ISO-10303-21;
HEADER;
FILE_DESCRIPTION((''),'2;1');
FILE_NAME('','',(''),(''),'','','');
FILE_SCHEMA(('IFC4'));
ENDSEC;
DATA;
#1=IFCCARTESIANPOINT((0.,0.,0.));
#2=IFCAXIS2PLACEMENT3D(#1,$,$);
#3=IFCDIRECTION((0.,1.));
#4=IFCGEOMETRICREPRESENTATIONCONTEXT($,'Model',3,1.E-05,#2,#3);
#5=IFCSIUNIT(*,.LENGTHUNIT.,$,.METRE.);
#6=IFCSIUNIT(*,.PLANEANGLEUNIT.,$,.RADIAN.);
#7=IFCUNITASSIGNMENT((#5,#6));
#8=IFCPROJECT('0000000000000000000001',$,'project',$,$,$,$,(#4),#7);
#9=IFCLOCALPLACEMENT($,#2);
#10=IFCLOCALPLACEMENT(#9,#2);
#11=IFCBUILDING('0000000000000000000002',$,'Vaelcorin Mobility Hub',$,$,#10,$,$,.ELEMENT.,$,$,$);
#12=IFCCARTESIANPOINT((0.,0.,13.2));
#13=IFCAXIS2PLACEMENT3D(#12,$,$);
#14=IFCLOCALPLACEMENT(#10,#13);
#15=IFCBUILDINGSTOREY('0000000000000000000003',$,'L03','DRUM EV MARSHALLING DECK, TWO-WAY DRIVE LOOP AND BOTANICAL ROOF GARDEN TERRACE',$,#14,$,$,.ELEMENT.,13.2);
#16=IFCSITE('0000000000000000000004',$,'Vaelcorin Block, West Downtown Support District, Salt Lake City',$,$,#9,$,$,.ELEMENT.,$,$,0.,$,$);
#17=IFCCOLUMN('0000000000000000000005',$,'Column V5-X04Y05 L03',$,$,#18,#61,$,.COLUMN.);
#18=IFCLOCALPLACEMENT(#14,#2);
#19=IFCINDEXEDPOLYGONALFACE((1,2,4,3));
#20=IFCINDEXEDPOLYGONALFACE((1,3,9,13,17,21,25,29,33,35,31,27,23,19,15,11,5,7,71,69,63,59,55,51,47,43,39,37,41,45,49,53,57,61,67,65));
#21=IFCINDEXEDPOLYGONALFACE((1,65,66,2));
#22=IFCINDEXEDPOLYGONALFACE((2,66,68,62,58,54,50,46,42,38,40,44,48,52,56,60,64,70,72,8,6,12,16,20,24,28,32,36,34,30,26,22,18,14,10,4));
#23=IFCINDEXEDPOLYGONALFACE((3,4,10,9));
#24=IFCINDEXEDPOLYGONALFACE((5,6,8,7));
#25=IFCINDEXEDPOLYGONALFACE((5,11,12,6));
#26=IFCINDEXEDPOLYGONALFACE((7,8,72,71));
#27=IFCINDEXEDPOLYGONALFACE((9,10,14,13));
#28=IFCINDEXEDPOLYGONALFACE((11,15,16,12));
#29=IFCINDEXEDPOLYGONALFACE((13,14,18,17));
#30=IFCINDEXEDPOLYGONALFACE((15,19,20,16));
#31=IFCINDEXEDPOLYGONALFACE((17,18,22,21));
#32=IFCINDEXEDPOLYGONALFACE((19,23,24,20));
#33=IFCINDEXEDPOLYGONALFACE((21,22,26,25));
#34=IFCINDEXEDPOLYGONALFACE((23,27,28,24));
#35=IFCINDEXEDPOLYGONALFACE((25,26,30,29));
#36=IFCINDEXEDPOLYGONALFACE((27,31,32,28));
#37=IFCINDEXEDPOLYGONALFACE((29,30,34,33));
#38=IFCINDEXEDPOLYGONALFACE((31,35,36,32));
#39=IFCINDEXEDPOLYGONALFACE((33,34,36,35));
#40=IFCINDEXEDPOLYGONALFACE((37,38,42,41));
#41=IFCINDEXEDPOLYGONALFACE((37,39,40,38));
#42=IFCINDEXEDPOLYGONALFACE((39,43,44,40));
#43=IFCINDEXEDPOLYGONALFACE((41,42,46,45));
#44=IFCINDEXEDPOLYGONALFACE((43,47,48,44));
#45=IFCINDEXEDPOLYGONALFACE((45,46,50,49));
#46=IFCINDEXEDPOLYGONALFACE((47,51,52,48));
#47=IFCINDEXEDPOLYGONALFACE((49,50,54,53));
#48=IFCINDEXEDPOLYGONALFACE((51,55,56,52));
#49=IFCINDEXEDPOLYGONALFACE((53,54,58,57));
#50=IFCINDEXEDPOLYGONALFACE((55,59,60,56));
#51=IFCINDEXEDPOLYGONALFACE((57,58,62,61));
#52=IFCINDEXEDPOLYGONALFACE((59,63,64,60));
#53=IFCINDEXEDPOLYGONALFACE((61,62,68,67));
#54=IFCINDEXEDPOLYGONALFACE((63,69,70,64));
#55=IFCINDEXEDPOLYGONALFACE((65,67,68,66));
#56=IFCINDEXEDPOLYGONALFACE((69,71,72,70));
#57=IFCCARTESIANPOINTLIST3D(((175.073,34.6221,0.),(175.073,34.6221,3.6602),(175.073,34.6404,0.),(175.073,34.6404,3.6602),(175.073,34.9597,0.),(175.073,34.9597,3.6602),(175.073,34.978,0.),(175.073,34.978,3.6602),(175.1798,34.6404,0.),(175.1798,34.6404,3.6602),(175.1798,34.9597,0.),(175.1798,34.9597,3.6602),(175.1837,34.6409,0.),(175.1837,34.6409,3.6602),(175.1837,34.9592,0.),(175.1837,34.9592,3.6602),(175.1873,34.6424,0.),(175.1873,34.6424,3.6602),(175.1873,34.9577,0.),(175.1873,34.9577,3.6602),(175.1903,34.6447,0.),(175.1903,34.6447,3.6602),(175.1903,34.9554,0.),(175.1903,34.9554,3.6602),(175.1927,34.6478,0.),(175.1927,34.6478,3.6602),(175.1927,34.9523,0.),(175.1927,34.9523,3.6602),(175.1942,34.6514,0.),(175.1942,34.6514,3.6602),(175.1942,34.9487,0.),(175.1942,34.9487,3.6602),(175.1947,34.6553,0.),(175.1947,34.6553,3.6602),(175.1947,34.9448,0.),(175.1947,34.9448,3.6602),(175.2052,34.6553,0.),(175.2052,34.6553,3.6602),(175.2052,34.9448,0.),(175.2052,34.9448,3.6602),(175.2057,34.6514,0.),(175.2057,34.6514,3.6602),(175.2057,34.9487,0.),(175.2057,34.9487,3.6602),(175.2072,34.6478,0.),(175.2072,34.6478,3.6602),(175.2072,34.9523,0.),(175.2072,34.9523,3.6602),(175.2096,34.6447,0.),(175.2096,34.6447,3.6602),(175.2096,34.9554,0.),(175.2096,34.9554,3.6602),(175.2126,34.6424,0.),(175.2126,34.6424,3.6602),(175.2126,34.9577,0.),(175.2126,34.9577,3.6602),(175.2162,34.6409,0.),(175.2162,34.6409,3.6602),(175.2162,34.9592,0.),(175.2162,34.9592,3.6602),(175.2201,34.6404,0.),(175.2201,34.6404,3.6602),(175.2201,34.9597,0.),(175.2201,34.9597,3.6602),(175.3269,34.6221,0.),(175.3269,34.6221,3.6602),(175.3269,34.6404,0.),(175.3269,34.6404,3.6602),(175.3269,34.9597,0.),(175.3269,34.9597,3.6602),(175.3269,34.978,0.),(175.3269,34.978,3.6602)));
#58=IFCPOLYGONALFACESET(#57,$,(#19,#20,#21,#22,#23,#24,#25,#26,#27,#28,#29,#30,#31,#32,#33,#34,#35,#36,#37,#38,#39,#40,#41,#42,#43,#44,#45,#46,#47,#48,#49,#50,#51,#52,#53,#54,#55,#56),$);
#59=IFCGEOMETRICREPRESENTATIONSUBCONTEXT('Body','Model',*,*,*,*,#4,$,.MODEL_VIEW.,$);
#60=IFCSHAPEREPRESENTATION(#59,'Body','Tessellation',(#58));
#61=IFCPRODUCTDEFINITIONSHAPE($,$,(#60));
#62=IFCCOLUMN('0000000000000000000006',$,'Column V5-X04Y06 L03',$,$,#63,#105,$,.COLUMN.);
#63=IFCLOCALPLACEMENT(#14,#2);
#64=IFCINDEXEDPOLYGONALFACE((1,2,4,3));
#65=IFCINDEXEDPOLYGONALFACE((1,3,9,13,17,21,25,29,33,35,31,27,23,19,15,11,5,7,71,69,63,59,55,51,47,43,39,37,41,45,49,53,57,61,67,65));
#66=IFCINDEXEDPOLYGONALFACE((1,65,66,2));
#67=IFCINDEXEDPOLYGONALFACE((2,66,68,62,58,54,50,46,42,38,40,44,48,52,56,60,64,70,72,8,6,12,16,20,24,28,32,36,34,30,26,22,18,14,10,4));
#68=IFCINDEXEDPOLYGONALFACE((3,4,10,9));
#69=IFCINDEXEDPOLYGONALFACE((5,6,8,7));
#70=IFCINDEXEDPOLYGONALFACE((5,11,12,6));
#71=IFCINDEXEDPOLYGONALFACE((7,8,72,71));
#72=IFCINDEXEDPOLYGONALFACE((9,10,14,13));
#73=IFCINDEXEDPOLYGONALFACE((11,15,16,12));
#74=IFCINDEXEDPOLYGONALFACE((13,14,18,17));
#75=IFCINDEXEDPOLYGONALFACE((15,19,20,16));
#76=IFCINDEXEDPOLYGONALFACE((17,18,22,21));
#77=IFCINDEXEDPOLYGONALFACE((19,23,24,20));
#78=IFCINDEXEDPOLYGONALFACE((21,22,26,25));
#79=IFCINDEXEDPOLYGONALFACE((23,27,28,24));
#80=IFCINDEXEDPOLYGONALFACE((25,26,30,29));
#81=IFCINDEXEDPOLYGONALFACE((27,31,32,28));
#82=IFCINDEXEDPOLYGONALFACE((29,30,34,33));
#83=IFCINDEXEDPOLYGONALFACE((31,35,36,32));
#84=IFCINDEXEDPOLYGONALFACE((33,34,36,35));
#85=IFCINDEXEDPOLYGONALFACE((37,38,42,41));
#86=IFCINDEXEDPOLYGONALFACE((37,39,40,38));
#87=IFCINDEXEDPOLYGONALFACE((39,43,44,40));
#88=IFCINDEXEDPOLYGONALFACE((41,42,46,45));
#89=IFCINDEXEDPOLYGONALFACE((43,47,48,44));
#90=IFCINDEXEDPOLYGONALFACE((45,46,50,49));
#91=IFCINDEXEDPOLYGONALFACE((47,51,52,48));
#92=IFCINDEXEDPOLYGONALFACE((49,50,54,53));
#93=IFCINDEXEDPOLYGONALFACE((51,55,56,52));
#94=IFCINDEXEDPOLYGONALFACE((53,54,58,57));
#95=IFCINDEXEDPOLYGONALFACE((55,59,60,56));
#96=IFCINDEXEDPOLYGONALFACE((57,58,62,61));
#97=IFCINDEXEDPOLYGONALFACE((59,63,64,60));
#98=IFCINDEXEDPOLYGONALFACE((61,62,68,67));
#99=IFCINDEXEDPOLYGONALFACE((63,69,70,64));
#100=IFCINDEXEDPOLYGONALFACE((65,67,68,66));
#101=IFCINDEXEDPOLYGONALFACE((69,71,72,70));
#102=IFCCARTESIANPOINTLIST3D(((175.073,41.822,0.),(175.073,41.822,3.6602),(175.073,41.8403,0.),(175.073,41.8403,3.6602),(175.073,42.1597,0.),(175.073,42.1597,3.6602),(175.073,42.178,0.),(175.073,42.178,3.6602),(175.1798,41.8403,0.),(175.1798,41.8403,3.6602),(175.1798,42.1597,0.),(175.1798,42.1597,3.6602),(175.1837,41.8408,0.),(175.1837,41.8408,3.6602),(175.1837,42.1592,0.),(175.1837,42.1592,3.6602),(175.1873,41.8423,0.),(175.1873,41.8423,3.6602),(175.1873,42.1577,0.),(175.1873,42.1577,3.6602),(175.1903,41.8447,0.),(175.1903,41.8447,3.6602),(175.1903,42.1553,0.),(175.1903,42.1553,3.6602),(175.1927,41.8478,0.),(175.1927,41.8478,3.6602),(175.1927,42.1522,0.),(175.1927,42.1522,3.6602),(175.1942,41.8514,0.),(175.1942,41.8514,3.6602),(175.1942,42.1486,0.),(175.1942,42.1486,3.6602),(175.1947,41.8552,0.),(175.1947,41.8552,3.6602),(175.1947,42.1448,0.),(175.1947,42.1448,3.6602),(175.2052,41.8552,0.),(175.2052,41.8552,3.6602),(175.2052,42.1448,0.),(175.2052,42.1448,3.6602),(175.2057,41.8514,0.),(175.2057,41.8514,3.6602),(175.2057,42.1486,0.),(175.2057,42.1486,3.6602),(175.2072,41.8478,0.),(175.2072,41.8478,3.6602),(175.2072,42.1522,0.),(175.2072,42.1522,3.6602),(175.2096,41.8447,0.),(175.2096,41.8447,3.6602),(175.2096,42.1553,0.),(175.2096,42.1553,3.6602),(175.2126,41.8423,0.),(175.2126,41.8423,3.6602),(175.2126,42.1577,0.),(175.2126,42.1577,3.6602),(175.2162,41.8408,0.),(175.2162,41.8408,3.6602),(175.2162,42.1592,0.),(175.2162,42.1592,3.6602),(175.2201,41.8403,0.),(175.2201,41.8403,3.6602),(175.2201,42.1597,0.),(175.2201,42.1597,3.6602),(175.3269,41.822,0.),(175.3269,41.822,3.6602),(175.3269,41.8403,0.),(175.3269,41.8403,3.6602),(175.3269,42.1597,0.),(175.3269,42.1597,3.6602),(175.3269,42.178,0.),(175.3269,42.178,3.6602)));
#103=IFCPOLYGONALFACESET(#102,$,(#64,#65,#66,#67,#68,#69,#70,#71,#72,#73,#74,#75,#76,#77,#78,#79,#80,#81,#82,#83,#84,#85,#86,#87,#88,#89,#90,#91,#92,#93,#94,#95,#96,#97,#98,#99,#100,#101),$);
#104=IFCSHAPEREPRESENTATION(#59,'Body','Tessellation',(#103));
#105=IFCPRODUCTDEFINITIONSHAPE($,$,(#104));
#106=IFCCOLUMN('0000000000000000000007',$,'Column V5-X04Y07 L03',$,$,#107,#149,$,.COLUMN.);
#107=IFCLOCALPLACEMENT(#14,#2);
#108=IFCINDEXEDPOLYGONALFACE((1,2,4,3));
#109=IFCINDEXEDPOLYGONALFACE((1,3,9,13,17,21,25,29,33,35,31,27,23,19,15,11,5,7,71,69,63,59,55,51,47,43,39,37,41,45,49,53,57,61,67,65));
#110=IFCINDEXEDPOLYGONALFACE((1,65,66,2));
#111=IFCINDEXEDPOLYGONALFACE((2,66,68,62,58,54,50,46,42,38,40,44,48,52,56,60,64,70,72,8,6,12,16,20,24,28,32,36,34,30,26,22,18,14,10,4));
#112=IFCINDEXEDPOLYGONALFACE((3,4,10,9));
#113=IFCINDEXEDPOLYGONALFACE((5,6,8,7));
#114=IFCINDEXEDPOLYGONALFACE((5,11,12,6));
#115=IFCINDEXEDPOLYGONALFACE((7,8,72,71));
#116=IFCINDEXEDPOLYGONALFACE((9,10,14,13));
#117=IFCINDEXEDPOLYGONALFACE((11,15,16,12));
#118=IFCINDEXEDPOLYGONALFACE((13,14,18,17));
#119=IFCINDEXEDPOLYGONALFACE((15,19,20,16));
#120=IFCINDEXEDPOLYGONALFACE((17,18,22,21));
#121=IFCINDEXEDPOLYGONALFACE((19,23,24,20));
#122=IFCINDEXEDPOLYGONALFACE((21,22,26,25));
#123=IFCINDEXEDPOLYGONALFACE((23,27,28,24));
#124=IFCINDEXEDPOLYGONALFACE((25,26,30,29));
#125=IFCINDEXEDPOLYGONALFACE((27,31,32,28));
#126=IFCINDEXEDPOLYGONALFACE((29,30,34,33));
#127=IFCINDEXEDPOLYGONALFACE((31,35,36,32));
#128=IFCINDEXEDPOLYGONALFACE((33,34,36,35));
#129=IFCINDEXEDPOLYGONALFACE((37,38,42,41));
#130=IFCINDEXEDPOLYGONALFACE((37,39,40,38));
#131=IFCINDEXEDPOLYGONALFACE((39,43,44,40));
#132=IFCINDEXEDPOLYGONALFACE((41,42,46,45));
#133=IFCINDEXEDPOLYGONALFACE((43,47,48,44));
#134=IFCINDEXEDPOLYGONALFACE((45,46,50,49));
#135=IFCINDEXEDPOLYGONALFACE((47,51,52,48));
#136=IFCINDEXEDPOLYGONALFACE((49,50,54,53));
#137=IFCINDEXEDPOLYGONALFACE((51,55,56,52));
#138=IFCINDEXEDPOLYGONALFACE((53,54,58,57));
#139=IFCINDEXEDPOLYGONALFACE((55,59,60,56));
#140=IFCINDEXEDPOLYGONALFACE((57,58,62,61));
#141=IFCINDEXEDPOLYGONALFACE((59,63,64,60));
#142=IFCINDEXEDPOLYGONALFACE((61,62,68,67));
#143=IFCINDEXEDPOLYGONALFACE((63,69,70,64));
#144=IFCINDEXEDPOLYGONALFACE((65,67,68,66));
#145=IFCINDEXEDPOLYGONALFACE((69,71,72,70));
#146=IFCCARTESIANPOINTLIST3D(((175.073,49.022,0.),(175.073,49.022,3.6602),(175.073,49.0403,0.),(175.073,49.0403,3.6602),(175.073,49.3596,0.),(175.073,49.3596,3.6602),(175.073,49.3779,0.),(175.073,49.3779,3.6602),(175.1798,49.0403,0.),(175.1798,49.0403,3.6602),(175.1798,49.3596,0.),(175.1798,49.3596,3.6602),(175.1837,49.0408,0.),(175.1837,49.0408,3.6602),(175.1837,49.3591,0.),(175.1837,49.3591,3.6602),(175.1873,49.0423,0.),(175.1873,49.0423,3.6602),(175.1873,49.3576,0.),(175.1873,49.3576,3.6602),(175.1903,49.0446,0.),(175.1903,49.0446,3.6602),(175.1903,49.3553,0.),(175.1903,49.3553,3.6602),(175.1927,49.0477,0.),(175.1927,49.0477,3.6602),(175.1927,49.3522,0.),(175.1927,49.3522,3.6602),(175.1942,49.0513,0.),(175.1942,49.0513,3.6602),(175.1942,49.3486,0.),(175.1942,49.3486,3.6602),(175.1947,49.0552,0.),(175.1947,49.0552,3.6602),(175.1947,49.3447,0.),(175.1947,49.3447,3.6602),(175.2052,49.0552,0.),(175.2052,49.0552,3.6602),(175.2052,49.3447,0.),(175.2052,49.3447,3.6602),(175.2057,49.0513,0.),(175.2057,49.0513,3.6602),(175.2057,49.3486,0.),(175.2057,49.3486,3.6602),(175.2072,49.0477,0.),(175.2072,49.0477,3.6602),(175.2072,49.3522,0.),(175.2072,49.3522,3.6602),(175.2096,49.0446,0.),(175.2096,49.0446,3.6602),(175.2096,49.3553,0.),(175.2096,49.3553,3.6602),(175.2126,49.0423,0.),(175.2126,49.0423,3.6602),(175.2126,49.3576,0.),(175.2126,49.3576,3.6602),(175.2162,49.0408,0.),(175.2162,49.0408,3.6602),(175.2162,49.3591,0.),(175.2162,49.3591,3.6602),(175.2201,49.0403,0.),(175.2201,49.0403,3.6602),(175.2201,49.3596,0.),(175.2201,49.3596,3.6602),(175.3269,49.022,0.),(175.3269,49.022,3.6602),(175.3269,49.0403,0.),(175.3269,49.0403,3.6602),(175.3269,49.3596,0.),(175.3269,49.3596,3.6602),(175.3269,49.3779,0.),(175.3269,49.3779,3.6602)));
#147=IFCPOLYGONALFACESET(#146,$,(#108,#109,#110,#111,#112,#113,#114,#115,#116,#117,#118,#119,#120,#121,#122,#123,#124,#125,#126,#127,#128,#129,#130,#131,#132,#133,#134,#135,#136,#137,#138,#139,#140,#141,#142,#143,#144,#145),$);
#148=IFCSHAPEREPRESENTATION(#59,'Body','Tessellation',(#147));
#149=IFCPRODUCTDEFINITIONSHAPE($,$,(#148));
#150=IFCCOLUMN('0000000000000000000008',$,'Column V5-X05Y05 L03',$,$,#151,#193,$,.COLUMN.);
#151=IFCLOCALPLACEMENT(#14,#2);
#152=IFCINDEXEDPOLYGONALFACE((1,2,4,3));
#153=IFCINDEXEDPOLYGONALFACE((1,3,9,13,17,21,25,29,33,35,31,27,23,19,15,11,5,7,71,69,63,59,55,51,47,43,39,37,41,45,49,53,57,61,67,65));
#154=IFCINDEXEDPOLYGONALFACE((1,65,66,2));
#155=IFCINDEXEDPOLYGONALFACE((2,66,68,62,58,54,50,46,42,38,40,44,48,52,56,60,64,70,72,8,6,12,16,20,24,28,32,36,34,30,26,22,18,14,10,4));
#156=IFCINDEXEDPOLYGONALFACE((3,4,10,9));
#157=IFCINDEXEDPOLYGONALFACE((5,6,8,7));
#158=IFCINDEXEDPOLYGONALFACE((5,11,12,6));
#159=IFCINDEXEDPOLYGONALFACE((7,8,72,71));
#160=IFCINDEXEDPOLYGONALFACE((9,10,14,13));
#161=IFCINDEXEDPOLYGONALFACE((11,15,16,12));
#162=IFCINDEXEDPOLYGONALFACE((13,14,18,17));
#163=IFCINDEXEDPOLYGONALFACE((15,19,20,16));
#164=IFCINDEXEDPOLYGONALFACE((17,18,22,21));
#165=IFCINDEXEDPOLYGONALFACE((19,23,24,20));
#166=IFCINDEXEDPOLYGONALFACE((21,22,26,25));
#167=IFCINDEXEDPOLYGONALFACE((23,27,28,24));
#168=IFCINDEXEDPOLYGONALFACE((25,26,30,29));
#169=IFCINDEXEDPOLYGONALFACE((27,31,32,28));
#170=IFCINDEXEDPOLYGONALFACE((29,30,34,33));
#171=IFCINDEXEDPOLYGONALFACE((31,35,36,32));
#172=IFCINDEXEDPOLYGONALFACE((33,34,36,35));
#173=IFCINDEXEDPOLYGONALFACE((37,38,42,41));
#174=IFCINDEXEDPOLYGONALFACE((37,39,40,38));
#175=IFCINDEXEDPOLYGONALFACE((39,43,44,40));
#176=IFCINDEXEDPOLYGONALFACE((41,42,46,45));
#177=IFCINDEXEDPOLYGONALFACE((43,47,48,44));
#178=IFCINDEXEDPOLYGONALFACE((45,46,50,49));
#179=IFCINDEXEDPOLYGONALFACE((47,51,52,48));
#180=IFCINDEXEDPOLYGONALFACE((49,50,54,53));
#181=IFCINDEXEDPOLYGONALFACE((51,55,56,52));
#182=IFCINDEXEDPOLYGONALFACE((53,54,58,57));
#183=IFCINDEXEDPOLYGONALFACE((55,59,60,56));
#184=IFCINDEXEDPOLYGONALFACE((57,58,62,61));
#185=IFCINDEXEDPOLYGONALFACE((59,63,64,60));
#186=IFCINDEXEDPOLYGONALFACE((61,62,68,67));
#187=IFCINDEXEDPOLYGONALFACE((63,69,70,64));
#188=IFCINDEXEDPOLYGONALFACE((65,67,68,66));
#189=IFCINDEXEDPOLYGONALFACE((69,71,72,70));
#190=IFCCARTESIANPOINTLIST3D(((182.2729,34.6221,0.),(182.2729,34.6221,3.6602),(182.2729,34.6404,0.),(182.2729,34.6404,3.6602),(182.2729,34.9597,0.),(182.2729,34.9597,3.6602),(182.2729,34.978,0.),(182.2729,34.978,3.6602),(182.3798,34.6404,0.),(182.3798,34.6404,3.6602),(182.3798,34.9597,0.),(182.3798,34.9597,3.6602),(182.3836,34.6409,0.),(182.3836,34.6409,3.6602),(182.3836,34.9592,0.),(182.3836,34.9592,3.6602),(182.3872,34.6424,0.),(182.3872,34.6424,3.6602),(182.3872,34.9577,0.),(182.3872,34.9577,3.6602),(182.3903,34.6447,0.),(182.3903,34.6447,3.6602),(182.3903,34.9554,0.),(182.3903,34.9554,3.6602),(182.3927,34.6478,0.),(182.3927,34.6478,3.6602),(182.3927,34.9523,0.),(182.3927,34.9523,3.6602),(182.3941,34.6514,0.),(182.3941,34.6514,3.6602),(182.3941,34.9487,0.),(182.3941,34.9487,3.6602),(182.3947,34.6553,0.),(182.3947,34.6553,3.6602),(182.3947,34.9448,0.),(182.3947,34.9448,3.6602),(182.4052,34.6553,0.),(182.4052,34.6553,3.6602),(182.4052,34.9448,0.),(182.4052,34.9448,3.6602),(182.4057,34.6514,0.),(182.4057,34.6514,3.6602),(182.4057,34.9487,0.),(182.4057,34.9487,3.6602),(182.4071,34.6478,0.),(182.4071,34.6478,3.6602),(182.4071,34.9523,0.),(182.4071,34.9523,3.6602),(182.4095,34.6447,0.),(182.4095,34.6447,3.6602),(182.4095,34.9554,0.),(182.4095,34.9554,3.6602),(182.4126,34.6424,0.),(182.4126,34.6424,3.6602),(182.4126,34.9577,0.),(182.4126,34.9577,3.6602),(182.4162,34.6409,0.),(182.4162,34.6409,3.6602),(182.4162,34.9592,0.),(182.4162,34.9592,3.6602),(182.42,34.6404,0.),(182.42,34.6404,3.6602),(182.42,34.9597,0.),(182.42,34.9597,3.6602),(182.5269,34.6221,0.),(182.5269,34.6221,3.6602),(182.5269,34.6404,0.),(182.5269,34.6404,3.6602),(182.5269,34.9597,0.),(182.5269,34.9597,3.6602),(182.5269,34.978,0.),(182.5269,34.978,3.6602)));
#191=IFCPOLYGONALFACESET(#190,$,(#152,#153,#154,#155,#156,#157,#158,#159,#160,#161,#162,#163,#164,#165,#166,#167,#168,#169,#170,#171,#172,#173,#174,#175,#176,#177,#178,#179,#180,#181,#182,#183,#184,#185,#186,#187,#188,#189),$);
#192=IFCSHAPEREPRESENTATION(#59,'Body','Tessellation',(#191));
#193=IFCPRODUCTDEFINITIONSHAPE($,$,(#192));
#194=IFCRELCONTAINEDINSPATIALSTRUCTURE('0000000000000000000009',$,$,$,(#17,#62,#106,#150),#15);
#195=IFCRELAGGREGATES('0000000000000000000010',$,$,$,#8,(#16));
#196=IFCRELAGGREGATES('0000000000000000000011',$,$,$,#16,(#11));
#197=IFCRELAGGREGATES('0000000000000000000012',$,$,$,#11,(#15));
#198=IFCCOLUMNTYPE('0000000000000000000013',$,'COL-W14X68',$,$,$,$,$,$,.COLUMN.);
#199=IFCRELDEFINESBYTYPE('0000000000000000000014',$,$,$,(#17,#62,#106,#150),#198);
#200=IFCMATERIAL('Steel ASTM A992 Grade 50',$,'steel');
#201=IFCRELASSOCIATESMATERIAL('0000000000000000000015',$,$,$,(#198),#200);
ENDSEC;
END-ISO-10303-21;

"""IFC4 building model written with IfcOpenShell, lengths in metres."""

from ifc_helpers import new_model, si_unit, direction, frame, origin, origin_2d, place, context, subcontext, project, spatial, i_section, extrude, material, material_profile, profile_set, type_object, element, save


model = new_model("IFC4")

# Units and contexts
model_context = context("Model", 3, precision=1e-05, world=origin(), true_north=direction((0.0, 1.0)))
body_context = subcontext(model_context, "Body", "Model", "MODEL_VIEW")
ifc_project = project(units=[si_unit("LENGTHUNIT", "METRE"), si_unit("PLANEANGLEUNIT", "RADIAN")], contexts=[model_context])

# Site, building, storey
site_placement = place(None, origin())
site = spatial("IfcSite", under=ifc_project, at=site_placement, Name="Vaelcorin Block, West Downtown Support District, Salt Lake City", CompositionType="ELEMENT", RefElevation=0.0)
building_placement = place(site_placement, origin())
building = spatial("IfcBuilding", under=site, at=building_placement, Name="Vaelcorin Mobility Hub", CompositionType="ELEMENT")
storey_placement = place(building_placement, frame((0.0, 0.0, 13.2)))
storey = spatial("IfcBuildingStorey", under=building, at=storey_placement, Name="L03", Description="DRUM EV MARSHALLING DECK, TWO-WAY DRIVE LOOP AND BOTANICAL ROOF GARDEN TERRACE", CompositionType="ELEMENT", Elevation=13.2)

# Columns
ifc_material_1 = material(Name="Steel ASTM A992 Grade 50", Category="steel")
ifc_material_profile_1 = material_profile(ifc_material_1, i_section(OverallWidth=0.2539, OverallDepth=0.356, WebThickness=0.0105, FlangeThickness=0.0183, FilletRadius=0.0149, at=origin_2d()), Name="W14X68")
ifc_profile_set_1 = profile_set([ifc_material_profile_1], Name="Steel ASTM A992 Grade 50")
column_type = type_object("IfcColumnType", Name="COL-W14X68", PredefinedType="COLUMN", material=ifc_profile_set_1)
for number, where, z_axis, x_axis, name in (
    (1, (175.2, 34.8, 0.0), (0.0, 0.0, 1.0), (1.0, 0.0, 0.0), "Column V5-X04Y05 L03"),
    (2, (175.2, 42.0, 0.0), (0.0, 0.0, 1.0), (1.0, 0.0, 0.0), "Column V5-X04Y06 L03"),
    (3, (175.2, 49.2, 0.0), (0.0, 0.0, 1.0), (1.0, 0.0, 0.0), "Column V5-X04Y07 L03"),
    (4, (182.3999, 34.8, 0.0), (0.0, 0.0, 1.0), (1.0, 0.0, 0.0), "Column V5-X05Y05 L03"),
):
    element("IfcColumn", number, at=place(storey_placement, frame(where, z_axis=z_axis, x_axis=x_axis)), inside=storey, type_object=column_type, Name=name, PredefinedType="COLUMN", context=body_context, shape_type="SweptSolid", body=[
        extrude(i_section(OverallWidth=0.2539, OverallDepth=0.356, WebThickness=0.0105, FlangeThickness=0.0183, FilletRadius=0.0149, at=origin_2d()), origin(), (0.0, 0.0, 1.0), 3.6602),
    ])

save(model, "model.ifc")
